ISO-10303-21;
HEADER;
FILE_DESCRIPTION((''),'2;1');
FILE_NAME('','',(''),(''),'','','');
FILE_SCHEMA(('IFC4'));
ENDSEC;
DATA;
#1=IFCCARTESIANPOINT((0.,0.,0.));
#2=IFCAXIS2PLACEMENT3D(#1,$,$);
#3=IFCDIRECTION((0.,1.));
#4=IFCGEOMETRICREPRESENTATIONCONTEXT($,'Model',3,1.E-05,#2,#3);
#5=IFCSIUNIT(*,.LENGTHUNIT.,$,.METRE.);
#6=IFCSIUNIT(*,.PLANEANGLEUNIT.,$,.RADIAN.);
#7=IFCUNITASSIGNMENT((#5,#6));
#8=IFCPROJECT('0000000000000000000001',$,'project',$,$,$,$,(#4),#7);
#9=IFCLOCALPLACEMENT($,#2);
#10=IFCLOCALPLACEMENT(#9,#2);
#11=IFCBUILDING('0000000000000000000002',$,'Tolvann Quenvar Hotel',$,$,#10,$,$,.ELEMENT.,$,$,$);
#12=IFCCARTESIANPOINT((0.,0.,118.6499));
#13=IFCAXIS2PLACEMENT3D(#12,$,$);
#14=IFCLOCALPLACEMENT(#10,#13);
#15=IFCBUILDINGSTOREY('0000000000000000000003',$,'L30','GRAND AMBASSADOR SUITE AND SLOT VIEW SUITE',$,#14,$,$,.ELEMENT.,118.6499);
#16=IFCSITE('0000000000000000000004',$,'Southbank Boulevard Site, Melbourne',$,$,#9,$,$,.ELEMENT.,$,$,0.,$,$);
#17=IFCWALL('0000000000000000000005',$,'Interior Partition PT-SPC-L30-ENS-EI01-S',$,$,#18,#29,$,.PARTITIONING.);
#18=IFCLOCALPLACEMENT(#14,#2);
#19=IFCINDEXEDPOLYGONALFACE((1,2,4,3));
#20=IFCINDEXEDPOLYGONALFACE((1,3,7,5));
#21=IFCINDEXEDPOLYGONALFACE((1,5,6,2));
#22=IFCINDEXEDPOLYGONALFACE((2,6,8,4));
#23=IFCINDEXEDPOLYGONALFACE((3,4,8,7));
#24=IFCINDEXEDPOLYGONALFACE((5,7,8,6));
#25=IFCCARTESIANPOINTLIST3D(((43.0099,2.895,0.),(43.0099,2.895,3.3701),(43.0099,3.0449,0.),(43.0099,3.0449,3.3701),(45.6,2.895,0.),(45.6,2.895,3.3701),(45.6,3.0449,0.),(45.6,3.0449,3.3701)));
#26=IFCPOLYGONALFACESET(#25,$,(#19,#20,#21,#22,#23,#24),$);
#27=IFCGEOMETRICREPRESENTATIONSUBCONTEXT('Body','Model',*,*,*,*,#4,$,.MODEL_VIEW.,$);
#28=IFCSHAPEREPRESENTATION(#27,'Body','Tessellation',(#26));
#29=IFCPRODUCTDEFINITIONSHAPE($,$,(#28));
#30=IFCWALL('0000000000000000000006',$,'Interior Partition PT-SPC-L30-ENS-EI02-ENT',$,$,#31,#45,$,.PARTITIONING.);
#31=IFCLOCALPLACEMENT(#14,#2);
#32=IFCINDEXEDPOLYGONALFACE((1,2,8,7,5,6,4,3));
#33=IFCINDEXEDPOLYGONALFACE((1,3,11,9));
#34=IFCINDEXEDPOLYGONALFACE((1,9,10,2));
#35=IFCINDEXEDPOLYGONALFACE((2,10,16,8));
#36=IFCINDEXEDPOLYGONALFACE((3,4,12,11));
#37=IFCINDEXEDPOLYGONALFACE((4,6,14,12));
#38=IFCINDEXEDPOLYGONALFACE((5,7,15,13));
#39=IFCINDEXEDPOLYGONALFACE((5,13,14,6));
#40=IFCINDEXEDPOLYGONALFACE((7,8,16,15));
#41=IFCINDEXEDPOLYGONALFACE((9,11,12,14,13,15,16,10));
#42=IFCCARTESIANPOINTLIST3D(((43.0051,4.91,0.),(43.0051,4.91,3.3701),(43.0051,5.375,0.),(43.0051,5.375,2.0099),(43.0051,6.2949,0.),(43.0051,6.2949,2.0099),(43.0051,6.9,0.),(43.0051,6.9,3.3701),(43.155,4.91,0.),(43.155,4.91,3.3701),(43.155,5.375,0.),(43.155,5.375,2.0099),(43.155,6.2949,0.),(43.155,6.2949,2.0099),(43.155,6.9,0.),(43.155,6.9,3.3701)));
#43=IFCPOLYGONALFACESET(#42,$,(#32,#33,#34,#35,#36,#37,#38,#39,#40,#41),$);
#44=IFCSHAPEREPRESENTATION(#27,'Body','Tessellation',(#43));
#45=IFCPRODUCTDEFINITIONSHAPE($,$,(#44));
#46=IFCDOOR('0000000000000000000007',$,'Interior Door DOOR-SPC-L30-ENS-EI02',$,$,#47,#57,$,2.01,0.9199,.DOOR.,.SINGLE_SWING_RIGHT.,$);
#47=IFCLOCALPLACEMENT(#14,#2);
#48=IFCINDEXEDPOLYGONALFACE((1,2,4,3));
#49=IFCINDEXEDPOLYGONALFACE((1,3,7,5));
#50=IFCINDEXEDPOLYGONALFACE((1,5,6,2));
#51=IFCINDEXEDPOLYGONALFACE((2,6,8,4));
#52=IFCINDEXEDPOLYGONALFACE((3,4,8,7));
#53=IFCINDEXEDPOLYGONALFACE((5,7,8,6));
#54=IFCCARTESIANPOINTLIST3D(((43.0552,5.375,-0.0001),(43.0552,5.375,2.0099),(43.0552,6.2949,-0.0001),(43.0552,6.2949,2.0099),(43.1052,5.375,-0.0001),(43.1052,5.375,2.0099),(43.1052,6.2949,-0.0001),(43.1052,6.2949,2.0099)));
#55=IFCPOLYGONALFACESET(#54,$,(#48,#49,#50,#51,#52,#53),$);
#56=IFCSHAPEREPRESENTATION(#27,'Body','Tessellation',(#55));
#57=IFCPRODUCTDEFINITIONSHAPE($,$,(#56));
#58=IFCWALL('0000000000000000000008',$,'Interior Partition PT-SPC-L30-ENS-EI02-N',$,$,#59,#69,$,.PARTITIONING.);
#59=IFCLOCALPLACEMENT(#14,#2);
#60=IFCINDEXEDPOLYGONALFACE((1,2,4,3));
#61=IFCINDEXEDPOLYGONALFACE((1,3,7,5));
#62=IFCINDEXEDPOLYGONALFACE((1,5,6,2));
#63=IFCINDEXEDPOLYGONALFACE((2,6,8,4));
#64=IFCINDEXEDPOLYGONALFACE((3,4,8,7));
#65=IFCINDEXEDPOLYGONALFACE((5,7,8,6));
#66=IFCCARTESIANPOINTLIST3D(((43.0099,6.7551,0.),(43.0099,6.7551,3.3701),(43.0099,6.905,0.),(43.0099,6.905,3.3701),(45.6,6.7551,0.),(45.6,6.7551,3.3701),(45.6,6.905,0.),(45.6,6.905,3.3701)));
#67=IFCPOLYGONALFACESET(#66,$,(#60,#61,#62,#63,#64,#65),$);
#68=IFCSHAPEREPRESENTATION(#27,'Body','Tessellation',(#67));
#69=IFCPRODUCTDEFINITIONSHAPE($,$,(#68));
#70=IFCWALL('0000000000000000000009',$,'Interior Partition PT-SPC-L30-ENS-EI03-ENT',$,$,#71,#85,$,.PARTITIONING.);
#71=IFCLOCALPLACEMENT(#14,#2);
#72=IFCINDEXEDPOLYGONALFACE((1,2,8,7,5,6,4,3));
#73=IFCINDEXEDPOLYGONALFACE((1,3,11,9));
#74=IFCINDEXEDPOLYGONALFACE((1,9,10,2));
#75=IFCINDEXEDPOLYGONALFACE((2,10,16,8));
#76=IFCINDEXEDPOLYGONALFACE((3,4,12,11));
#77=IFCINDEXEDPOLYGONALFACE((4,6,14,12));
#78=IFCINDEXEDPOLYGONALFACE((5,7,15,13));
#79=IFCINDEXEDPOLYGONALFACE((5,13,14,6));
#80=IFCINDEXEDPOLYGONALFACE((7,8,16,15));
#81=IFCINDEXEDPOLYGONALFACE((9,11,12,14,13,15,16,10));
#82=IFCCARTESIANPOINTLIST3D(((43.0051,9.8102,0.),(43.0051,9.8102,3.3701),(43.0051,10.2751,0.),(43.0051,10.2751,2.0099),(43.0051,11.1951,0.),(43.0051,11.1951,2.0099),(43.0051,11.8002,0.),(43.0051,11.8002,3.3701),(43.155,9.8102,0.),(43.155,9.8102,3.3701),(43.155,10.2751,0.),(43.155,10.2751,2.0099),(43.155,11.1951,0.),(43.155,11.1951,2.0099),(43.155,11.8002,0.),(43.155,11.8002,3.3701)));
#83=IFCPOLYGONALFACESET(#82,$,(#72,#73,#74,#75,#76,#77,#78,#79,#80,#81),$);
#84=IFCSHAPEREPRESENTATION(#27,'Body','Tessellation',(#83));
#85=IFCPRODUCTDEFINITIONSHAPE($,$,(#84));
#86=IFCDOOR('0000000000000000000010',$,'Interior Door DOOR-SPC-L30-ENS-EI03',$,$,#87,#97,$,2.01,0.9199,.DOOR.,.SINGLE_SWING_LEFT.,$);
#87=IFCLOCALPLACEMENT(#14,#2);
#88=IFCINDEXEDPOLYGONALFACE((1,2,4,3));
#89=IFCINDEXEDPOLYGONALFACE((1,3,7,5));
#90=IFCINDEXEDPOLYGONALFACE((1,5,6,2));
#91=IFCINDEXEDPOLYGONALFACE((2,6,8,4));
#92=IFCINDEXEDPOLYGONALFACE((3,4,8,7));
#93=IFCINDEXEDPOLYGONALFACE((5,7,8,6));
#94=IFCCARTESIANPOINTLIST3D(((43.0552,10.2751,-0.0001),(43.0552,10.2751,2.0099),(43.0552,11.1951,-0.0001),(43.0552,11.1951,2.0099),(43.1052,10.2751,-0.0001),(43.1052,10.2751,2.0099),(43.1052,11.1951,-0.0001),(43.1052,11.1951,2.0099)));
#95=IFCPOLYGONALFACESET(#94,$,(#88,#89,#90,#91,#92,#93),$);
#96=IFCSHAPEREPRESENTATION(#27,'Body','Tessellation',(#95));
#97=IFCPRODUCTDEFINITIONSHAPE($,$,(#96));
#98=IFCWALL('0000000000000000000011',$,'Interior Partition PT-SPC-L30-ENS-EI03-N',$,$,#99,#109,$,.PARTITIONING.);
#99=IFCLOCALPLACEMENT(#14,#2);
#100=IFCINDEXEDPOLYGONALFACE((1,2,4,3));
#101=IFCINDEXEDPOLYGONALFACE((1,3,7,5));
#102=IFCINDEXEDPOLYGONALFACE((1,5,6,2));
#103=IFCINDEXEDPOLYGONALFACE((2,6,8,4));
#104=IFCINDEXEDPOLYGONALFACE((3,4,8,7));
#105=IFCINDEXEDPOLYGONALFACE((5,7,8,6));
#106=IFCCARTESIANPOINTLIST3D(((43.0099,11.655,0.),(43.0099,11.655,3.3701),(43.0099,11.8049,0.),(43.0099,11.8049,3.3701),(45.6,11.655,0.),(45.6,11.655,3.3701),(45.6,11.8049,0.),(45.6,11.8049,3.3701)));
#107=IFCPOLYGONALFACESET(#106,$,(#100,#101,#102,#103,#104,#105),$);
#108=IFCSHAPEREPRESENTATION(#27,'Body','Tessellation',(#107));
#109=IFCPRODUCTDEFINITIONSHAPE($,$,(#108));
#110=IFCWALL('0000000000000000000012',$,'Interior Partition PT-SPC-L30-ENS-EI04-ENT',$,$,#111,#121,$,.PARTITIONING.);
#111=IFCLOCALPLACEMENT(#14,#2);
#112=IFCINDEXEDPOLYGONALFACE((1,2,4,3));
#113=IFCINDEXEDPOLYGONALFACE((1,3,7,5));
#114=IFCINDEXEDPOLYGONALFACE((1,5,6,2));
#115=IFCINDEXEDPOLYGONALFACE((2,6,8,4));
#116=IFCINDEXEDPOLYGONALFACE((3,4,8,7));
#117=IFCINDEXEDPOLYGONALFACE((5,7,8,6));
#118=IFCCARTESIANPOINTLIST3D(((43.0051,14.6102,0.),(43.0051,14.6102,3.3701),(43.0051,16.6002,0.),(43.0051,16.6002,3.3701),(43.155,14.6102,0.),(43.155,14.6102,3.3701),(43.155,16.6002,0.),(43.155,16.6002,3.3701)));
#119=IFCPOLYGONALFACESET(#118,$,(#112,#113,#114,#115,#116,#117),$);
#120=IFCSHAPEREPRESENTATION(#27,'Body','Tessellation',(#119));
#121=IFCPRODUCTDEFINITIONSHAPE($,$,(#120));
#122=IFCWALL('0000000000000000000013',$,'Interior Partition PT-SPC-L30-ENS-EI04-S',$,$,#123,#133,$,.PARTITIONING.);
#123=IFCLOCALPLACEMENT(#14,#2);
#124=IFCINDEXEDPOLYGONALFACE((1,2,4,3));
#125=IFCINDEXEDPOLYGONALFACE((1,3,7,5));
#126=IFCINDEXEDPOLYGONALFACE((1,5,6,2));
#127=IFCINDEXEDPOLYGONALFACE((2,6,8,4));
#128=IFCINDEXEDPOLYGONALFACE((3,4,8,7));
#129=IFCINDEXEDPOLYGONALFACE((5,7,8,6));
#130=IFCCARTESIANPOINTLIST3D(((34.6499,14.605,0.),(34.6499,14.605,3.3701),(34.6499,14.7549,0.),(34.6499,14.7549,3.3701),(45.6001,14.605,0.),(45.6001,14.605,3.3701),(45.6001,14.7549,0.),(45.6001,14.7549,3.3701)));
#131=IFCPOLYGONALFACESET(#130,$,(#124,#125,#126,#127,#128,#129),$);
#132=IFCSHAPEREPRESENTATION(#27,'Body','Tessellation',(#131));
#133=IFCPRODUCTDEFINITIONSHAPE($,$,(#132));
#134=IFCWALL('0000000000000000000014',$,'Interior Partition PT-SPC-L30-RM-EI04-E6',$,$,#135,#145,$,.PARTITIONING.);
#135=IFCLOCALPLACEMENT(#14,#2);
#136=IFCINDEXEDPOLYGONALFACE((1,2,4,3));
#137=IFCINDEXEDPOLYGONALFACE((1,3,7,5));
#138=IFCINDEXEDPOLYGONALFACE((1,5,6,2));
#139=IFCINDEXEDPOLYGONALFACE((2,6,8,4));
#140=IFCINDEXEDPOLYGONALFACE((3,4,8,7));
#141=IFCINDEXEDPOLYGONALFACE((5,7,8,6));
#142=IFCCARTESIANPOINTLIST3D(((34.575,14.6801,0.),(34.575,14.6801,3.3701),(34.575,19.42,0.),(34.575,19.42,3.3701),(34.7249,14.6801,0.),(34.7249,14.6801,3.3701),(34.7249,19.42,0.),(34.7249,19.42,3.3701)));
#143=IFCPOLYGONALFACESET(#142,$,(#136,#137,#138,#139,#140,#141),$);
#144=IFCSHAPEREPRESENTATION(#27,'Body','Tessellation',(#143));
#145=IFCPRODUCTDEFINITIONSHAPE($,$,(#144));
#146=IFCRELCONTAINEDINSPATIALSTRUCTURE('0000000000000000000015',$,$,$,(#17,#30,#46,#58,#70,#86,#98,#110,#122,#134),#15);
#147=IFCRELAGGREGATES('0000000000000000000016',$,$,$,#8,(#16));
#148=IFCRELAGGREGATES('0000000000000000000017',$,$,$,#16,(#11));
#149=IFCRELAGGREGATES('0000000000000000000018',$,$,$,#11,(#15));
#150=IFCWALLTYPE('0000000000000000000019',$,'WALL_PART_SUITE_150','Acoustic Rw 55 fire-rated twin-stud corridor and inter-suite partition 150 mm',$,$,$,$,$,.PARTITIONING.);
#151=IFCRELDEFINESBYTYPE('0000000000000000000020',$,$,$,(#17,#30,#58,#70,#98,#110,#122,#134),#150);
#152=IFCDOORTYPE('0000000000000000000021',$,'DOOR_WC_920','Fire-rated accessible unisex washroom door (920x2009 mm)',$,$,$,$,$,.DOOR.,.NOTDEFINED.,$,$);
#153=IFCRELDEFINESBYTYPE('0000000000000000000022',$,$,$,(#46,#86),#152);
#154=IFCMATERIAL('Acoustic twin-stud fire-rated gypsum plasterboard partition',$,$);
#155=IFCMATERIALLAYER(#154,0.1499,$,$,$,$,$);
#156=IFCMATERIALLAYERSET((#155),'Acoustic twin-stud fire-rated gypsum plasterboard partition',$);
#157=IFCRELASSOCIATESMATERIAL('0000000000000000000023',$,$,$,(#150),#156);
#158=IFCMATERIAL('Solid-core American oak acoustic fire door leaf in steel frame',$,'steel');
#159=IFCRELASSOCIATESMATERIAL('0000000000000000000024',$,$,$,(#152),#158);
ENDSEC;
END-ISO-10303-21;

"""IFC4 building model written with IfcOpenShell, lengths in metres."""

from ifc_helpers import new_model, si_unit, direction, frame, frame_2d, origin, place, context, subcontext, project, spatial, rectangle, extrude, source, transform, mapped, material, layer, layer_set, type_object, type_shapes, element, fill, save


model = new_model("IFC4")

# Units and contexts
model_context = context("Model", 3, precision=1e-05, world=origin(), true_north=direction((0.0, 1.0)))
body_context = subcontext(model_context, "Body", "Model", "MODEL_VIEW")
ifc_project = project(units=[si_unit("LENGTHUNIT", "METRE"), si_unit("PLANEANGLEUNIT", "RADIAN")], contexts=[model_context])

# Site, building, storey
site_placement = place(None, origin())
site = spatial("IfcSite", under=ifc_project, at=site_placement, Name="Southbank Boulevard Site, Melbourne", CompositionType="ELEMENT", RefElevation=0.0)
building_placement = place(site_placement, origin())
building = spatial("IfcBuilding", under=site, at=building_placement, Name="Tolvann Quenvar Hotel", CompositionType="ELEMENT")
storey_placement = place(building_placement, frame((0.0, 0.0, 118.6499)))
storey = spatial("IfcBuildingStorey", under=building, at=storey_placement, Name="L30", Description="GRAND AMBASSADOR SUITE AND SLOT VIEW SUITE", CompositionType="ELEMENT", Elevation=118.6499)

# Shared definitions
ifc_material_1 = material(Name="Acoustic twin-stud fire-rated gypsum plasterboard partition")
ifc_layer_1 = layer(ifc_material_1, 0.1499)
ifc_layer_set_1 = layer_set([ifc_layer_1], Name="Acoustic twin-stud fire-rated gypsum plasterboard partition")
wall_type_1 = type_object("IfcWallType", Name="WALL_PART_SUITE_150", Description="Acoustic Rw 55 fire-rated twin-stud corridor and inter-suite partition 150 mm", PredefinedType="PARTITIONING", material=ifc_layer_set_1)
ifc_material_2 = material(Name="Solid-core American oak acoustic fire door leaf in steel frame", Category="steel")
door_type_1 = type_object("IfcDoorType", Name="DOOR_WC_920", Description="Fire-rated accessible unisex washroom door (920x2009 mm)", OperationType="NOTDEFINED", PredefinedType="DOOR", material=ifc_material_2)
shared_shape_1 = source(origin(), body_context, "Body", "SweptSolid", [
    extrude(rectangle(XDim=0.9199, YDim=2.01, at=frame_2d((0.46, 1.0049))), frame((0.0, 0.0249, 0.0), z_axis=(0.0, -1.0, 0.0), x_axis=(1.0, 0.0, 0.0)), (0.0, 0.0, 1.0), 0.05),
])
type_shapes(door_type_1, [shared_shape_1])

# Wall
wall_1_placement = place(storey_placement, frame((43.01, 2.97, 0.0), z_axis=(0.0, 0.0, 1.0), x_axis=(1.0, 0.0, 0.0)))
element("IfcWall", 1, at=wall_1_placement, inside=storey, type_object=wall_type_1, Name="Interior Partition PT-SPC-L30-ENS-EI01-S", PredefinedType="PARTITIONING", context=body_context, shape_type="SweptSolid", body=[
    extrude(rectangle(XDim=2.5901, YDim=0.1499, at=frame_2d((1.2949, 0.0))), origin(), (0.0, 0.0, 1.0), 3.3701),
])

# Wall, opening, door
wall_2_placement = place(storey_placement, frame((43.0801, 4.9099, 0.0), z_axis=(0.0, 0.0, 1.0), x_axis=(0.0, 1.0, 0.0)))
wall_2 = element("IfcWall", 2, at=wall_2_placement, inside=storey, type_object=wall_type_1, Name="Interior Partition PT-SPC-L30-ENS-EI02-ENT", PredefinedType="PARTITIONING", context=body_context, shape_type="SweptSolid", body=[
    extrude(rectangle(XDim=1.99, YDim=0.1499, at=frame_2d((0.9951, 0.0))), origin(), (0.0, 0.0, 1.0), 3.3701),
])
opening_1_placement = place(wall_2_placement, frame((0.4651, 0.0, 0.0)))
opening_1 = element("IfcOpeningElement", 3, at=opening_1_placement, cuts=wall_2, PredefinedType="OPENING", context=body_context, shape_type="SweptSolid", body=[
    extrude(rectangle(XDim=0.9199, YDim=2.01, at=frame_2d((0.46, 1.0049))), frame((0.0, 0.085, 0.0), z_axis=(0.0, -1.0, 0.0), x_axis=(1.0, 0.0, 0.0)), (0.0, 0.0, 1.0), 0.1699),
])
door_1_placement = place(opening_1_placement, origin())
door_1 = element("IfcDoor", 4, at=door_1_placement, inside=storey, type_object=door_type_1, Name="Interior Door DOOR-SPC-L30-ENS-EI02", OperationType="SINGLE_SWING_RIGHT", OverallHeight=2.01, OverallWidth=0.9199, PredefinedType="DOOR", context=body_context, shape_type="MappedRepresentation", body=[
    mapped(shared_shape_1, transform((0.0, 0.0, 0.0), x_axis=(1.0, 0.0, 0.0), y_axis=(0.0, 1.0, 0.0), z_axis=(0.0, 0.0, 1.0), scale=1.0)),
])
fill(opening_1, door_1)

# Wall
wall_3_placement = place(storey_placement, frame((43.01, 6.8301, 0.0), z_axis=(0.0, 0.0, 1.0), x_axis=(1.0, 0.0, 0.0)))
element("IfcWall", 5, at=wall_3_placement, inside=storey, type_object=wall_type_1, Name="Interior Partition PT-SPC-L30-ENS-EI02-N", PredefinedType="PARTITIONING", context=body_context, shape_type="SweptSolid", body=[
    extrude(rectangle(XDim=2.5901, YDim=0.1499, at=frame_2d((1.2949, 0.0))), origin(), (0.0, 0.0, 1.0), 3.3701),
])

# Wall, opening, door
wall_4_placement = place(storey_placement, frame((43.0801, 9.8101, 0.0), z_axis=(0.0, 0.0, 1.0), x_axis=(0.0, 1.0, 0.0)))
wall_4 = element("IfcWall", 6, at=wall_4_placement, inside=storey, type_object=wall_type_1, Name="Interior Partition PT-SPC-L30-ENS-EI03-ENT", PredefinedType="PARTITIONING", context=body_context, shape_type="SweptSolid", body=[
    extrude(rectangle(XDim=1.99, YDim=0.1499, at=frame_2d((0.9951, 0.0))), origin(), (0.0, 0.0, 1.0), 3.3701),
])
opening_2_placement = place(wall_4_placement, frame((0.4651, 0.0, 0.0)))
opening_2 = element("IfcOpeningElement", 7, at=opening_2_placement, cuts=wall_4, PredefinedType="OPENING", context=body_context, shape_type="SweptSolid", body=[
    extrude(rectangle(XDim=0.9199, YDim=2.01, at=frame_2d((0.46, 1.0049))), frame((0.0, 0.085, 0.0), z_axis=(0.0, -1.0, 0.0), x_axis=(1.0, 0.0, 0.0)), (0.0, 0.0, 1.0), 0.1699),
])
door_2_placement = place(opening_2_placement, origin())
door_2 = element("IfcDoor", 8, at=door_2_placement, inside=storey, type_object=door_type_1, Name="Interior Door DOOR-SPC-L30-ENS-EI03", OperationType="SINGLE_SWING_LEFT", OverallHeight=2.01, OverallWidth=0.9199, PredefinedType="DOOR", context=body_context, shape_type="MappedRepresentation", body=[
    mapped(shared_shape_1, transform((0.0, 0.0, 0.0), x_axis=(1.0, 0.0, 0.0), y_axis=(0.0, 1.0, 0.0), z_axis=(0.0, 0.0, 1.0), scale=1.0)),
])
fill(opening_2, door_2)

# Walls
wall_5_placement = place(storey_placement, frame((43.01, 11.73, 0.0), z_axis=(0.0, 0.0, 1.0), x_axis=(1.0, 0.0, 0.0)))
element("IfcWall", 9, at=wall_5_placement, inside=storey, type_object=wall_type_1, Name="Interior Partition PT-SPC-L30-ENS-EI03-N", PredefinedType="PARTITIONING", context=body_context, shape_type="SweptSolid", body=[
    extrude(rectangle(XDim=2.5901, YDim=0.1499, at=frame_2d((1.2949, 0.0))), origin(), (0.0, 0.0, 1.0), 3.3701),
])
wall_6_placement = place(storey_placement, frame((43.0801, 14.6101, 0.0), z_axis=(0.0, 0.0, 1.0), x_axis=(0.0, 1.0, 0.0)))
element("IfcWall", 10, at=wall_6_placement, inside=storey, type_object=wall_type_1, Name="Interior Partition PT-SPC-L30-ENS-EI04-ENT", PredefinedType="PARTITIONING", context=body_context, shape_type="SweptSolid", body=[
    extrude(rectangle(XDim=1.99, YDim=0.1499, at=frame_2d((0.9951, 0.0))), origin(), (0.0, 0.0, 1.0), 3.3701),
])
wall_7_placement = place(storey_placement, frame((34.6499, 14.6799, 0.0), z_axis=(0.0, 0.0, 1.0), x_axis=(1.0, 0.0, 0.0)))
element("IfcWall", 11, at=wall_7_placement, inside=storey, type_object=wall_type_1, Name="Interior Partition PT-SPC-L30-ENS-EI04-S", PredefinedType="PARTITIONING", context=body_context, shape_type="SweptSolid", body=[
    extrude(rectangle(XDim=10.9502, YDim=0.1499, at=frame_2d((5.4751, 0.0))), origin(), (0.0, 0.0, 1.0), 3.3701),
])

# Wall
wall_8_placement = place(storey_placement, frame((34.6499, 14.6799, 0.0), z_axis=(0.0, 0.0, 1.0), x_axis=(0.0, 1.0, 0.0)))
element("IfcWall", 12, at=wall_8_placement, inside=storey, type_object=wall_type_1, Name="Interior Partition PT-SPC-L30-RM-EI04-E6", PredefinedType="PARTITIONING", context=body_context, shape_type="SweptSolid", body=[
    extrude(rectangle(XDim=4.74, YDim=0.1499, at=frame_2d((2.3701, 0.0))), origin(), (0.0, 0.0, 1.0), 3.3701),
])

save(model, "model.ifc")
